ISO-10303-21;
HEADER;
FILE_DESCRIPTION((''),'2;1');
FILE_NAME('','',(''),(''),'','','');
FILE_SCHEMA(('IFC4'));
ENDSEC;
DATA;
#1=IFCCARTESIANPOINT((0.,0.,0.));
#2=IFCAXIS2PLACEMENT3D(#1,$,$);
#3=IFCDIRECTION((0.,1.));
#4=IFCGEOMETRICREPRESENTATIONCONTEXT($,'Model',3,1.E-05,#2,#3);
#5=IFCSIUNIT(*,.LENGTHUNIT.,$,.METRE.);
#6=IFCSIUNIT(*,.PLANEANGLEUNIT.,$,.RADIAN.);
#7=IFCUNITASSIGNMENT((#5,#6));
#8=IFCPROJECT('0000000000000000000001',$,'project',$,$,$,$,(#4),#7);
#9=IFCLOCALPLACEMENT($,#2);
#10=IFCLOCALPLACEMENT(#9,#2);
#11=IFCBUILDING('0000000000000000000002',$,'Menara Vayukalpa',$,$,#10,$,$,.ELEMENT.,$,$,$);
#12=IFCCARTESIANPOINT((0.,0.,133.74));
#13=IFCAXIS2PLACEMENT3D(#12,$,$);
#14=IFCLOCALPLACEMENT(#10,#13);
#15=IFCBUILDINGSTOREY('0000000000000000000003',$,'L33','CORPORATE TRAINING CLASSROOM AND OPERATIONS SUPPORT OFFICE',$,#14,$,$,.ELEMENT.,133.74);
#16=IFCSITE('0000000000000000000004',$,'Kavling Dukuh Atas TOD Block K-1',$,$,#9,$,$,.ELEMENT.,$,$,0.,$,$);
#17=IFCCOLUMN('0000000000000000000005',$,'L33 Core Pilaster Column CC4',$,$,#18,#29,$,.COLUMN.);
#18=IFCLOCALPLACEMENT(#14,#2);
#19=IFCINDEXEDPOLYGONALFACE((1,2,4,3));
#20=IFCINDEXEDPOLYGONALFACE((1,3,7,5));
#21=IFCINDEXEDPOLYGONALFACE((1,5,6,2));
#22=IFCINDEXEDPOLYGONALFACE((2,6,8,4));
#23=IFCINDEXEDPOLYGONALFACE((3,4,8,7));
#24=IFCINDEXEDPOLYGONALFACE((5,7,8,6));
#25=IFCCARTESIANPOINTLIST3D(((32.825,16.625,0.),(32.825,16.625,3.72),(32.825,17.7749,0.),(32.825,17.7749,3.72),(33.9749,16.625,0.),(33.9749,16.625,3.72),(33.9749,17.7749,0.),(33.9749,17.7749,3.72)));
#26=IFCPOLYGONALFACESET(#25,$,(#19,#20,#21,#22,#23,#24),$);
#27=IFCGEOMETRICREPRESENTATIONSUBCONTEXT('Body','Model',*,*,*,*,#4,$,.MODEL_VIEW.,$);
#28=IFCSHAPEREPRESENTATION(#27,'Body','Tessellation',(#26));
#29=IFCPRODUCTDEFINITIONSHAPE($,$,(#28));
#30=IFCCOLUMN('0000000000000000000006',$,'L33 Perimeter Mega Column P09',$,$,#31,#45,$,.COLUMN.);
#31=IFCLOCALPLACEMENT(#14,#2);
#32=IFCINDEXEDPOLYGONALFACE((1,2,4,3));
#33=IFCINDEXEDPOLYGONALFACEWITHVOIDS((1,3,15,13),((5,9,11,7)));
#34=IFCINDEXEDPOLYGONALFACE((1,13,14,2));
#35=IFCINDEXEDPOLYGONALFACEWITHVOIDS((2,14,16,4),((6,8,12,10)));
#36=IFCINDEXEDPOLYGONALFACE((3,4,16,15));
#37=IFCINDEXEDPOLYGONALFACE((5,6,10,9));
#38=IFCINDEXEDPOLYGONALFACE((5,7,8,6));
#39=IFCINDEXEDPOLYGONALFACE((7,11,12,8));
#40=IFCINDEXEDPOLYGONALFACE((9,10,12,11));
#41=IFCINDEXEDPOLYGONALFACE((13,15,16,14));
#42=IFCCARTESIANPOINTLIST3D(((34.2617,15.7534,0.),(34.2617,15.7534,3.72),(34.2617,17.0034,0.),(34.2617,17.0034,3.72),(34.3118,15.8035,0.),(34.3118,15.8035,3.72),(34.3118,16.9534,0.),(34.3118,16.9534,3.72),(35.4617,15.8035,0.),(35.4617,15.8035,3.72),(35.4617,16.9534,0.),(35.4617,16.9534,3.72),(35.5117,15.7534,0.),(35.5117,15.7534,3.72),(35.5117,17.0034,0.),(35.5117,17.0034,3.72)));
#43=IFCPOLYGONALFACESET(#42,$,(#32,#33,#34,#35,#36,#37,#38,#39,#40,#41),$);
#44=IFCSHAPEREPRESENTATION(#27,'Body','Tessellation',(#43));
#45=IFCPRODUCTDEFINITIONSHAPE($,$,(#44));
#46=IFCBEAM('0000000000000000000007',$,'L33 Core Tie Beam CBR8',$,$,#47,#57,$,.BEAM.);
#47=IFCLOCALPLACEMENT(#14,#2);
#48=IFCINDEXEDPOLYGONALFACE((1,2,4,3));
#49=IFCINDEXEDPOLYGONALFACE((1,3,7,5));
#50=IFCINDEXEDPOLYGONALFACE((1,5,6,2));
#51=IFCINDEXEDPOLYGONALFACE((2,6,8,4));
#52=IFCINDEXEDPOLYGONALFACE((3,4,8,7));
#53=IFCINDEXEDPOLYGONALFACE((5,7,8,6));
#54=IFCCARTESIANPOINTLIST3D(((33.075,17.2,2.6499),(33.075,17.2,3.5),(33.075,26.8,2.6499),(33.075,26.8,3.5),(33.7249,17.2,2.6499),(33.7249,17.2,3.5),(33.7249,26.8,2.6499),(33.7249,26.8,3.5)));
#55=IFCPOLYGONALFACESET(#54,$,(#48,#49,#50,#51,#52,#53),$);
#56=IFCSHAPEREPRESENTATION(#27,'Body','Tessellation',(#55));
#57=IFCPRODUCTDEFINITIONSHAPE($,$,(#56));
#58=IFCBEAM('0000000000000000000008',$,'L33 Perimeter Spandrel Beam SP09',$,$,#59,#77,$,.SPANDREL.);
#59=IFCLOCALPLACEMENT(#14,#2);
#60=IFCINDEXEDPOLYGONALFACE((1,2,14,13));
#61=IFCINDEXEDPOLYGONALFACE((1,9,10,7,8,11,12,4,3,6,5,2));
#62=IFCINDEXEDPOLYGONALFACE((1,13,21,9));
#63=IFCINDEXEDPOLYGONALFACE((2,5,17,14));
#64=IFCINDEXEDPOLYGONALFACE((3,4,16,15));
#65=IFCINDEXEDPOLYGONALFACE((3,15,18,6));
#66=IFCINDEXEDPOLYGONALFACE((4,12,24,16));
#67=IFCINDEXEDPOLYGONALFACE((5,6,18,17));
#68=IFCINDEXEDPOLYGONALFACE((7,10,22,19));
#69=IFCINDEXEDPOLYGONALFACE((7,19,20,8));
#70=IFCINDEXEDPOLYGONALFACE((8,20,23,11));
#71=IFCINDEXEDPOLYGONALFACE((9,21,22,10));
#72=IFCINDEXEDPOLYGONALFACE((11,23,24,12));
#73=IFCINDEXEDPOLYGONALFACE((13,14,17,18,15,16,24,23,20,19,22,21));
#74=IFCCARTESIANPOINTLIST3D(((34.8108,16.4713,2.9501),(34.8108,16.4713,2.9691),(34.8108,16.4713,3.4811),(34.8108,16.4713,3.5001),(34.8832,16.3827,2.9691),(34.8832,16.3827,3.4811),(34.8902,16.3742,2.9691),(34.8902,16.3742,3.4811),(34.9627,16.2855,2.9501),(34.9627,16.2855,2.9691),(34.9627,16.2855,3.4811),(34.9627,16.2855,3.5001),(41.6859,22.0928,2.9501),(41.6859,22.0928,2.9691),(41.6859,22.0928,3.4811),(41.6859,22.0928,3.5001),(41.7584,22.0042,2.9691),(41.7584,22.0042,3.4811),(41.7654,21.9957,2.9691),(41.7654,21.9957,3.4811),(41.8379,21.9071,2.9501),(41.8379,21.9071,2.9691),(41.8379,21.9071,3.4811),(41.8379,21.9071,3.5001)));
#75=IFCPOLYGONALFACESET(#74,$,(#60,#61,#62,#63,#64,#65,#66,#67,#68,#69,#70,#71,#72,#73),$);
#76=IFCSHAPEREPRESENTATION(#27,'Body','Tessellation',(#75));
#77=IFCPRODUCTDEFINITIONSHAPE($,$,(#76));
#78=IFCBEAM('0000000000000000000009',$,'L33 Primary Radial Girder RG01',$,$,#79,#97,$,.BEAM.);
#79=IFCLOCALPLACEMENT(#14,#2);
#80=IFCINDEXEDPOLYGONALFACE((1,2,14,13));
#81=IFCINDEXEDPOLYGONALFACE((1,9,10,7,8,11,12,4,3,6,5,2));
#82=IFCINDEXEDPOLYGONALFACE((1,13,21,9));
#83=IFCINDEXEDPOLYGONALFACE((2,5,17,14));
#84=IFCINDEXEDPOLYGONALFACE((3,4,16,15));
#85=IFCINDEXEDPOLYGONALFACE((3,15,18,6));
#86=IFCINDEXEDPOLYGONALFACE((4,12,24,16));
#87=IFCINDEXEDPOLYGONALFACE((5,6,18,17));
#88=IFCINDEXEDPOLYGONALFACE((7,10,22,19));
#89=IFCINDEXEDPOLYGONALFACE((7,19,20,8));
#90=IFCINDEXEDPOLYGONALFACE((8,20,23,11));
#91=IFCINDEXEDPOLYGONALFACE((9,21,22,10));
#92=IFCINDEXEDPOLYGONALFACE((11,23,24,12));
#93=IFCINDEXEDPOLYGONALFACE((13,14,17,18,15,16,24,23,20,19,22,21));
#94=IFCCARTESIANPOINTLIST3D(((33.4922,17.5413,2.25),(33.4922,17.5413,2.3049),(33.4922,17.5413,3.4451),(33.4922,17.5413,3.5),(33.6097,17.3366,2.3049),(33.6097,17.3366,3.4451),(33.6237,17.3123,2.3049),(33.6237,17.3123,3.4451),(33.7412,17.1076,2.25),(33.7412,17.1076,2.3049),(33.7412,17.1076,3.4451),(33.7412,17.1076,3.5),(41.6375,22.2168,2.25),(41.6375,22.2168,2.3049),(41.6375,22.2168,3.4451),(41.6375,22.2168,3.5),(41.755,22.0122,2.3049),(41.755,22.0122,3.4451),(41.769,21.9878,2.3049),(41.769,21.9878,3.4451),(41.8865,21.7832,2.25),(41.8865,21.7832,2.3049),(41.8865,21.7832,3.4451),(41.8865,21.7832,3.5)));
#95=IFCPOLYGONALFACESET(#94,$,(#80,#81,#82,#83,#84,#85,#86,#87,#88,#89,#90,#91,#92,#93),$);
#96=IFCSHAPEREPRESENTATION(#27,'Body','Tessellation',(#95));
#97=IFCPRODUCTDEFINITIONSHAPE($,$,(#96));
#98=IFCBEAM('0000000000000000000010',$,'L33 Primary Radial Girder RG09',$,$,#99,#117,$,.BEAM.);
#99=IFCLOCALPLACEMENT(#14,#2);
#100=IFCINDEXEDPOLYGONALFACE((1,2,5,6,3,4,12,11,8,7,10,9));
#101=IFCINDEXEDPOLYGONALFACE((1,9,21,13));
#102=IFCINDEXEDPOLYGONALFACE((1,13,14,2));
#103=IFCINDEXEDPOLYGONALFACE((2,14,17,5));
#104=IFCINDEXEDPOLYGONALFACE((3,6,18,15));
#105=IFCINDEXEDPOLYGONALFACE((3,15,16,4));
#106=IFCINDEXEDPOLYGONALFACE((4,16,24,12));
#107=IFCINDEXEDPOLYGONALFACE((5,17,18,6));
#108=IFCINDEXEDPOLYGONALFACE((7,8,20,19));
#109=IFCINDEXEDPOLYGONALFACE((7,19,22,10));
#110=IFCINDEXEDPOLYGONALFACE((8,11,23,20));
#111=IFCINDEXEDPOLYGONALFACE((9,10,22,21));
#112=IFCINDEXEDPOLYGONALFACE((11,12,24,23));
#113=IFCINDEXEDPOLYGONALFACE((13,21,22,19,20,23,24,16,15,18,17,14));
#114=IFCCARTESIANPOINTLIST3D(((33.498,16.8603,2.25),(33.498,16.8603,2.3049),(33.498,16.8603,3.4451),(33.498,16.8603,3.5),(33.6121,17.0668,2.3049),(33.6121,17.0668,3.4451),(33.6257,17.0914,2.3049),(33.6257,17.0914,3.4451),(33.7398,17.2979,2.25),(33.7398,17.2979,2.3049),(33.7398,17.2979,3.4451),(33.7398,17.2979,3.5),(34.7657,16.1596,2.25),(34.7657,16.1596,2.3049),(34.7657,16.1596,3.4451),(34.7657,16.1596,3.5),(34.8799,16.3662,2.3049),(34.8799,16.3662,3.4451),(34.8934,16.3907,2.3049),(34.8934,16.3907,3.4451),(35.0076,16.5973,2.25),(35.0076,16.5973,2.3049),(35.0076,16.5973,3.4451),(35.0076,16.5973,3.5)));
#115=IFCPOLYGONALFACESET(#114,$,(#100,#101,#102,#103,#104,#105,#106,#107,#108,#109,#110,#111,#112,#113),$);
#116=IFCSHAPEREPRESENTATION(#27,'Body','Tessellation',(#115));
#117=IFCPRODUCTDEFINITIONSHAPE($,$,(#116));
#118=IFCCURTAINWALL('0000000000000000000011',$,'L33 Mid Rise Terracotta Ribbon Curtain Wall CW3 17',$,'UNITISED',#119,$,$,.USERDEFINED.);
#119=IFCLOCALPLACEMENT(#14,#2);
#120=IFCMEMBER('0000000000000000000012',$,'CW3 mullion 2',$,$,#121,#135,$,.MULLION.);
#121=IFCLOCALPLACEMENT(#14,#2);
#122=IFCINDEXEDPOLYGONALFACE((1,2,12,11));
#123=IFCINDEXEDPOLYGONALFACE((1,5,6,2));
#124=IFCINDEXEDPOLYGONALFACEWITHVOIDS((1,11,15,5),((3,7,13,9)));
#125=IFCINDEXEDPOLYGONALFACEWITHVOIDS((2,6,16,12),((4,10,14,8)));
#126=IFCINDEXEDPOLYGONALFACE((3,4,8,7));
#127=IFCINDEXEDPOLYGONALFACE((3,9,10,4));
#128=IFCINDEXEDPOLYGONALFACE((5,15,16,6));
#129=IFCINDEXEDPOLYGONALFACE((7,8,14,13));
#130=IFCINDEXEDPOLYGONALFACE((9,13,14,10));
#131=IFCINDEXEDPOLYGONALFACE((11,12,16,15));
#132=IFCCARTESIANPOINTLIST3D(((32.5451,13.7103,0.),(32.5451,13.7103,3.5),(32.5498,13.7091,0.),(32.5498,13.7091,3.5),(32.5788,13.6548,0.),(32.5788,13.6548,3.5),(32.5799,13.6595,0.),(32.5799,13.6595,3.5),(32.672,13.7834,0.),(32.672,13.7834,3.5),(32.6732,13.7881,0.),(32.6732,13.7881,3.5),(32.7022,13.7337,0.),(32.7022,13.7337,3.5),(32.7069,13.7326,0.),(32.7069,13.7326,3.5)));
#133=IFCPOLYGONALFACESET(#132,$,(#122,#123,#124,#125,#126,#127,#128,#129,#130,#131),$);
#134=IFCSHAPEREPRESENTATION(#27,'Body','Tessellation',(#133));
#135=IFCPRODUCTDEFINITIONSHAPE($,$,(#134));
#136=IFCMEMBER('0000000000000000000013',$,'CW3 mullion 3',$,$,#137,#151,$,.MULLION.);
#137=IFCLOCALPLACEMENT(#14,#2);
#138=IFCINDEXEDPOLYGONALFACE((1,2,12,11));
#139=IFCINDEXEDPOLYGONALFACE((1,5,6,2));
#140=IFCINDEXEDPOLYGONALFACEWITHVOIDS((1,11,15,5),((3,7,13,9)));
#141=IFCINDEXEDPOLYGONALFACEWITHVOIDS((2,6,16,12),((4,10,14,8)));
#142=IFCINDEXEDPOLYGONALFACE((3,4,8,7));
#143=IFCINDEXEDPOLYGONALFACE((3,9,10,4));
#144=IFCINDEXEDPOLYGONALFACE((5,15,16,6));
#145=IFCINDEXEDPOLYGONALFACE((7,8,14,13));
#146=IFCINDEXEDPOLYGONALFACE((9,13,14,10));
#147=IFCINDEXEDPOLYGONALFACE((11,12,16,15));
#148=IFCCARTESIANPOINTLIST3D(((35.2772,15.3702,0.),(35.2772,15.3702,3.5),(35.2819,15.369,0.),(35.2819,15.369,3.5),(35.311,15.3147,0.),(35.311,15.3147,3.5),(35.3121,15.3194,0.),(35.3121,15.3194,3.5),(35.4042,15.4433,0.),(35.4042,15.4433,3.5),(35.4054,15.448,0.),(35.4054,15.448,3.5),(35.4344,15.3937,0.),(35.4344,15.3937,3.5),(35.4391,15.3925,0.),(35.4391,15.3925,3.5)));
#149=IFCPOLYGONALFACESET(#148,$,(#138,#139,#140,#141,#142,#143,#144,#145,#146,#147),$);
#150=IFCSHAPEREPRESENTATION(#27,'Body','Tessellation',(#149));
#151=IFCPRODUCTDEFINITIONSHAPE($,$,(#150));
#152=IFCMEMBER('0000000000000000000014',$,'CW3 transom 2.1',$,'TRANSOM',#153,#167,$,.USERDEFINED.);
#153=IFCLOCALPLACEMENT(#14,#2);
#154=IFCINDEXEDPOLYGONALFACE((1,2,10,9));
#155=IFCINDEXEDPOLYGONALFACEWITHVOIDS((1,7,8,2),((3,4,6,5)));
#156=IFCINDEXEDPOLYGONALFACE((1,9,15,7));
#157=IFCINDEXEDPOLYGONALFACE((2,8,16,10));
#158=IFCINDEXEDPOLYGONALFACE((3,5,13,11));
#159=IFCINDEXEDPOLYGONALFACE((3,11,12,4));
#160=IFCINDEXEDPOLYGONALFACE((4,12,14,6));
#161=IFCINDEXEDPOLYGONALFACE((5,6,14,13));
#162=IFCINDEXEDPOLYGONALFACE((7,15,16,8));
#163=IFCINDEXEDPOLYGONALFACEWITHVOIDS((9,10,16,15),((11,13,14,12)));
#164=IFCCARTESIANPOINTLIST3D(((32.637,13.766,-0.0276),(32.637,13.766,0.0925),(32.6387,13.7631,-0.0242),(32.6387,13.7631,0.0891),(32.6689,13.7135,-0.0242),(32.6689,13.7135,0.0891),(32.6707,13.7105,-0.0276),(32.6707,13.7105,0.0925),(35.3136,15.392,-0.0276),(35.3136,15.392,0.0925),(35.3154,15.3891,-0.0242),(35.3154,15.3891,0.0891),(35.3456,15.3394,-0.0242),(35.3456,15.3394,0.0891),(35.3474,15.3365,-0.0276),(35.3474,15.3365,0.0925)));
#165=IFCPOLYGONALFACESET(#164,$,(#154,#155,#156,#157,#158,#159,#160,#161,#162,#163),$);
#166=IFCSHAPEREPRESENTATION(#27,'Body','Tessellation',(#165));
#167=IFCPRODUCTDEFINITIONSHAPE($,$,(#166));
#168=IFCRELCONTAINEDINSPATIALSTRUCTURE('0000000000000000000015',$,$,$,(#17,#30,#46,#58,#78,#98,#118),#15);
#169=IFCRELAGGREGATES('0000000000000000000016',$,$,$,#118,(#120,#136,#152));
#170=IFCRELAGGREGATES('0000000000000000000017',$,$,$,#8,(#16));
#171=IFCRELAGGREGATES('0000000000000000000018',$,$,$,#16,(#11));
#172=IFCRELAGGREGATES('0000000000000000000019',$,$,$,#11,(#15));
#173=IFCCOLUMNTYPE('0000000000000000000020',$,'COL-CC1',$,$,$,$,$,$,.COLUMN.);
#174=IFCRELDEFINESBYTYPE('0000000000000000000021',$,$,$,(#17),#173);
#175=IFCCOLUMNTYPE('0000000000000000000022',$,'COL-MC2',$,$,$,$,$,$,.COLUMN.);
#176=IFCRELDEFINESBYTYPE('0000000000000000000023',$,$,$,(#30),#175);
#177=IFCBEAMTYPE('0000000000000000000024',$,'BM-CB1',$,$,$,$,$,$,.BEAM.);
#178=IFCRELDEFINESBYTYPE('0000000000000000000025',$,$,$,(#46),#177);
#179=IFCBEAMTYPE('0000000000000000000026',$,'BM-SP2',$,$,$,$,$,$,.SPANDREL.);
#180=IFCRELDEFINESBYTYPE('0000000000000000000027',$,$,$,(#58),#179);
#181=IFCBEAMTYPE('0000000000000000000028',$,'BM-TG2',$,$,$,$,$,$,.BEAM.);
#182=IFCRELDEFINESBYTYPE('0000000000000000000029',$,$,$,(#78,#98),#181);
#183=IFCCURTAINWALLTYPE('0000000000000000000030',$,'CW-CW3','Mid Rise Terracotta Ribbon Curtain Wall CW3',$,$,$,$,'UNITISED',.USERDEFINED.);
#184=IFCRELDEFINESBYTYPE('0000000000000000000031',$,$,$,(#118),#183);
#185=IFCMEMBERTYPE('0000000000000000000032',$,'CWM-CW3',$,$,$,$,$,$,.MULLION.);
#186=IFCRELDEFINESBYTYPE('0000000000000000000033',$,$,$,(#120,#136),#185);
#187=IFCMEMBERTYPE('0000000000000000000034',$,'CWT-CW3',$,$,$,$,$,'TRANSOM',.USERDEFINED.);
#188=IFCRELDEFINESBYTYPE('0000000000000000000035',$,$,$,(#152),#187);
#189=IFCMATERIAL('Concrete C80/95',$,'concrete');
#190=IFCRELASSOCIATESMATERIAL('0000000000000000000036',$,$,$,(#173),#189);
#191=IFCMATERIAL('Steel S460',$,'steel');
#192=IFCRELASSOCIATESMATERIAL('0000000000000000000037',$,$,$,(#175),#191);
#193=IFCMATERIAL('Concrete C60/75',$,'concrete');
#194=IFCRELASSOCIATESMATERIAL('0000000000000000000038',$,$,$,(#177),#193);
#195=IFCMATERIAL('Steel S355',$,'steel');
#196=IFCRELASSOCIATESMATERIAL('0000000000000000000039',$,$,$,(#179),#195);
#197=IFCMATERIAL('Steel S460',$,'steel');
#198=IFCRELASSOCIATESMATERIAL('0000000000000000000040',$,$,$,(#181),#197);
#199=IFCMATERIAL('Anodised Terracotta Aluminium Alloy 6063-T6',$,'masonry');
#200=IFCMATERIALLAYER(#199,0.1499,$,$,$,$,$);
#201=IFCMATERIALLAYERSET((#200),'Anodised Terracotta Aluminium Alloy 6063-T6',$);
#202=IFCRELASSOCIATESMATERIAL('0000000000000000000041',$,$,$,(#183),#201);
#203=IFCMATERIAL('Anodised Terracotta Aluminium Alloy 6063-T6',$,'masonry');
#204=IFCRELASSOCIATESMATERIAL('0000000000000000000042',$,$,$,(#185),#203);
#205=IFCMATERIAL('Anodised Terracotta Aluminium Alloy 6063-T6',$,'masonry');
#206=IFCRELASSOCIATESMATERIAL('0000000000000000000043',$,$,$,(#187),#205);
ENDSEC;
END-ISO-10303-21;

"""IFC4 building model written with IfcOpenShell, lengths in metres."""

from ifc_helpers import new_model, si_unit, direction, frame, origin, origin_2d, place, context, subcontext, project, spatial, rectangle, hollow_rectangle, i_section, extrude, material, layer, layer_set, material_profile, profile_set, type_object, element, aggregate, save


model = new_model("IFC4")

# Units and contexts
model_context = context("Model", 3, precision=1e-05, world=origin(), true_north=direction((0.0, 1.0)))
body_context = subcontext(model_context, "Body", "Model", "MODEL_VIEW")
ifc_project = project(units=[si_unit("LENGTHUNIT", "METRE"), si_unit("PLANEANGLEUNIT", "RADIAN")], contexts=[model_context])

# Site, building, storey
site_placement = place(None, origin())
site = spatial("IfcSite", under=ifc_project, at=site_placement, Name="Kavling Dukuh Atas TOD Block K-1", CompositionType="ELEMENT", RefElevation=0.0)
building_placement = place(site_placement, origin())
building = spatial("IfcBuilding", under=site, at=building_placement, Name="Menara Vayukalpa", CompositionType="ELEMENT")
storey_placement = place(building_placement, frame((0.0, 0.0, 133.74)))
storey = spatial("IfcBuildingStorey", under=building, at=storey_placement, Name="L33", Description="CORPORATE TRAINING CLASSROOM AND OPERATIONS SUPPORT OFFICE", CompositionType="ELEMENT", Elevation=133.74)

# Columns
ifc_material_1 = material(Name="Concrete C80/95", Category="concrete")
ifc_material_profile_1 = material_profile(ifc_material_1, rectangle(XDim=1.1499, YDim=1.1499, at=origin_2d()), Name="RC 1150x1150")
ifc_profile_set_1 = profile_set([ifc_material_profile_1], Name="Concrete C80/95")
column_type_1 = type_object("IfcColumnType", Name="COL-CC1", PredefinedType="COLUMN", material=ifc_profile_set_1)
column_1_placement = place(storey_placement, frame((33.3999, 17.2, 0.0), z_axis=(0.0, 0.0, 1.0), x_axis=(1.0, 0.0, 0.0)))
element("IfcColumn", 1, at=column_1_placement, inside=storey, type_object=column_type_1, Name="L33 Core Pilaster Column CC4", PredefinedType="COLUMN", context=body_context, shape_type="SweptSolid", body=[
    extrude(rectangle(XDim=1.1499, YDim=1.1499, at=origin_2d()), origin(), (0.0, 0.0, 1.0), 3.72),
])
ifc_material_2 = material(Name="Steel S460", Category="steel")
ifc_material_profile_2 = material_profile(ifc_material_2, hollow_rectangle(XDim=1.25, YDim=1.25, WallThickness=0.05, at=origin_2d()), Name="BOX 1250x1250x50")
ifc_profile_set_2 = profile_set([ifc_material_profile_2], Name="Steel S460")
column_type_2 = type_object("IfcColumnType", Name="COL-MC2", PredefinedType="COLUMN", material=ifc_profile_set_2)
column_2_placement = place(storey_placement, frame((34.8867, 16.3784, 0.0), z_axis=(0.0, 0.0, 1.0), x_axis=(1.0, 0.0, 0.0)))
element("IfcColumn", 2, at=column_2_placement, inside=storey, type_object=column_type_2, Name="L33 Perimeter Mega Column P09", PredefinedType="COLUMN", context=body_context, shape_type="SweptSolid", body=[
    extrude(hollow_rectangle(XDim=1.25, YDim=1.25, WallThickness=0.05, at=origin_2d()), origin(), (0.0, 0.0, 1.0), 3.72),
])

# Beams
ifc_material_3 = material(Name="Concrete C60/75", Category="concrete")
ifc_material_profile_3 = material_profile(ifc_material_3, rectangle(XDim=0.6499, YDim=0.8501, at=origin_2d()), Name="RC 650x850")
ifc_profile_set_3 = profile_set([ifc_material_profile_3], Name="Concrete C60/75")
beam_type_1 = type_object("IfcBeamType", Name="BM-CB1", PredefinedType="BEAM", material=ifc_profile_set_3)
beam_1_placement = place(storey_placement, frame((33.3999, 17.2, 3.075), z_axis=(0.0, 1.0, 0.0), x_axis=(-1.0, 0.0, 0.0)))
element("IfcBeam", 3, at=beam_1_placement, inside=storey, type_object=beam_type_1, Name="L33 Core Tie Beam CBR8", PredefinedType="BEAM", context=body_context, shape_type="SweptSolid", body=[
    extrude(rectangle(XDim=0.6499, YDim=0.8501, at=origin_2d()), origin(), (0.0, 0.0, 1.0), 9.6001),
])
ifc_material_4 = material(Name="Steel S355", Category="steel")
ifc_material_profile_4 = material_profile(ifc_material_4, i_section(OverallWidth=0.24, OverallDepth=0.55, WebThickness=0.011, FlangeThickness=0.019, at=origin_2d()), Name="WF 550x240x11x19")
ifc_profile_set_4 = profile_set([ifc_material_profile_4], Name="Steel S355")
beam_type_2 = type_object("IfcBeamType", Name="BM-SP2", PredefinedType="SPANDREL", material=ifc_profile_set_4)
beam_2_placement = place(storey_placement, frame((34.8867, 16.3784, 3.2251), z_axis=(0.774157, 0.632994, 0.0), x_axis=(-0.632994, 0.774157, 0.0)))
element("IfcBeam", 4, at=beam_2_placement, inside=storey, type_object=beam_type_2, Name="L33 Perimeter Spandrel Beam SP09", PredefinedType="SPANDREL", context=body_context, shape_type="SweptSolid", body=[
    extrude(i_section(OverallWidth=0.24, OverallDepth=0.55, WebThickness=0.011, FlangeThickness=0.019, at=origin_2d()), origin(), (0.0, 0.0, 1.0), 8.8809),
])
ifc_material_5 = material(Name="Steel S460", Category="steel")
ifc_material_profile_5 = material_profile(ifc_material_5, i_section(OverallWidth=0.5, OverallDepth=1.25, WebThickness=0.0281, FlangeThickness=0.0549, at=origin_2d()), Name="WG 1250x500x28x55")
ifc_profile_set_5 = profile_set([ifc_material_profile_5], Name="Steel S460")
beam_type_3 = type_object("IfcBeamType", Name="BM-TG2", PredefinedType="BEAM", material=ifc_profile_set_5)
beam_3_placement = place(storey_placement, frame((33.6167, 17.3245, 2.875), z_axis=(0.867274, 0.497832, 0.0), x_axis=(-0.497832, 0.867274, 0.0)))
element("IfcBeam", 5, at=beam_3_placement, inside=storey, type_object=beam_type_3, Name="L33 Primary Radial Girder RG01", PredefinedType="BEAM", context=body_context, shape_type="SweptSolid", body=[
    extrude(i_section(OverallWidth=0.5, OverallDepth=1.25, WebThickness=0.0281, FlangeThickness=0.0549, at=origin_2d()), origin(), (0.0, 0.0, 1.0), 9.3918),
])
beam_4_placement = place(storey_placement, frame((33.6189, 17.0791, 2.875), z_axis=(0.875228, -0.48371, 0.0), x_axis=(0.48371, 0.875228, 0.0)))
element("IfcBeam", 6, at=beam_4_placement, inside=storey, type_object=beam_type_3, Name="L33 Primary Radial Girder RG09", PredefinedType="BEAM", context=body_context, shape_type="SweptSolid", body=[
    extrude(i_section(OverallWidth=0.5, OverallDepth=1.25, WebThickness=0.0281, FlangeThickness=0.0549, at=origin_2d()), origin(), (0.0, 0.0, 1.0), 1.4485),
])

# Curtain wall, members
ifc_material_6 = material(Name="Anodised Terracotta Aluminium Alloy 6063-T6", Category="masonry")
ifc_layer_1 = layer(ifc_material_6, 0.1499)
ifc_layer_set_1 = layer_set([ifc_layer_1], Name="Anodised Terracotta Aluminium Alloy 6063-T6")
curtain_wall_type = type_object("IfcCurtainWallType", Name="CW-CW3", Description="Mid Rise Terracotta Ribbon Curtain Wall CW3", ElementType="UNITISED", PredefinedType="USERDEFINED", material=ifc_layer_set_1)
curtain_wall_placement = place(storey_placement, origin())
curtain_wall = element("IfcCurtainWall", 7, at=curtain_wall_placement, inside=storey, type_object=curtain_wall_type, Name="L33 Mid Rise Terracotta Ribbon Curtain Wall CW3 17", ObjectType="UNITISED", PredefinedType="USERDEFINED")
ifc_material_7 = material(Name="Anodised Terracotta Aluminium Alloy 6063-T6", Category="masonry")
ifc_material_profile_6 = material_profile(ifc_material_7, hollow_rectangle(XDim=0.0649, YDim=0.1499, WallThickness=0.0034, at=origin_2d()), Name="ALU 65x150x3.5")
ifc_profile_set_6 = profile_set([ifc_material_profile_6], Name="Anodised Terracotta Aluminium Alloy 6063-T6")
member_type_1 = type_object("IfcMemberType", Name="CWM-CW3", PredefinedType="MULLION", material=ifc_profile_set_6)
member_1_placement = place(storey_placement, frame((32.626, 13.7214, 0.0), z_axis=(0.0, 0.0, 1.0), x_axis=(-0.519183, 0.854663, 0.0)))
member_1 = element("IfcMember", 8, at=member_1_placement, type_object=member_type_1, Name="CW3 mullion 2", PredefinedType="MULLION", context=body_context, shape_type="SweptSolid", body=[
    extrude(hollow_rectangle(XDim=0.0649, YDim=0.1499, WallThickness=0.0034, at=origin_2d()), origin(), (0.0, 0.0, 1.0), 3.5),
])
member_2_placement = place(storey_placement, frame((35.3582, 15.3813, 0.0), z_axis=(0.0, 0.0, 1.0), x_axis=(-0.519183, 0.854663, 0.0)))
member_2 = element("IfcMember", 9, at=member_2_placement, type_object=member_type_1, Name="CW3 mullion 3", PredefinedType="MULLION", context=body_context, shape_type="SweptSolid", body=[
    extrude(hollow_rectangle(XDim=0.0649, YDim=0.1499, WallThickness=0.0034, at=origin_2d()), origin(), (0.0, 0.0, 1.0), 3.5),
])
ifc_material_8 = material(Name="Anodised Terracotta Aluminium Alloy 6063-T6", Category="masonry")
ifc_material_profile_7 = material_profile(ifc_material_8, hollow_rectangle(XDim=0.0649, YDim=0.1201, WallThickness=0.0034, at=origin_2d()), Name="ALU 65x120x3.5")
ifc_profile_set_7 = profile_set([ifc_material_profile_7], Name="Anodised Terracotta Aluminium Alloy 6063-T6")
member_type_2 = type_object("IfcMemberType", Name="CWT-CW3", ElementType="TRANSOM", PredefinedType="USERDEFINED", material=ifc_profile_set_7)
member_3_placement = place(storey_placement, frame((32.6538, 13.7383, 0.0325), z_axis=(0.854674, 0.519165, 0.0), x_axis=(-0.519165, 0.854674, 0.0)))
member_3 = element("IfcMember", 10, at=member_3_placement, type_object=member_type_2, Name="CW3 transom 2.1", ObjectType="TRANSOM", PredefinedType="USERDEFINED", context=body_context, shape_type="SweptSolid", body=[
    extrude(hollow_rectangle(XDim=0.0649, YDim=0.1201, WallThickness=0.0034, at=origin_2d()), origin(), (0.0, 0.0, 1.0), 3.1318),
])
aggregate(curtain_wall, [member_1, member_2, member_3])

save(model, "model.ifc")
